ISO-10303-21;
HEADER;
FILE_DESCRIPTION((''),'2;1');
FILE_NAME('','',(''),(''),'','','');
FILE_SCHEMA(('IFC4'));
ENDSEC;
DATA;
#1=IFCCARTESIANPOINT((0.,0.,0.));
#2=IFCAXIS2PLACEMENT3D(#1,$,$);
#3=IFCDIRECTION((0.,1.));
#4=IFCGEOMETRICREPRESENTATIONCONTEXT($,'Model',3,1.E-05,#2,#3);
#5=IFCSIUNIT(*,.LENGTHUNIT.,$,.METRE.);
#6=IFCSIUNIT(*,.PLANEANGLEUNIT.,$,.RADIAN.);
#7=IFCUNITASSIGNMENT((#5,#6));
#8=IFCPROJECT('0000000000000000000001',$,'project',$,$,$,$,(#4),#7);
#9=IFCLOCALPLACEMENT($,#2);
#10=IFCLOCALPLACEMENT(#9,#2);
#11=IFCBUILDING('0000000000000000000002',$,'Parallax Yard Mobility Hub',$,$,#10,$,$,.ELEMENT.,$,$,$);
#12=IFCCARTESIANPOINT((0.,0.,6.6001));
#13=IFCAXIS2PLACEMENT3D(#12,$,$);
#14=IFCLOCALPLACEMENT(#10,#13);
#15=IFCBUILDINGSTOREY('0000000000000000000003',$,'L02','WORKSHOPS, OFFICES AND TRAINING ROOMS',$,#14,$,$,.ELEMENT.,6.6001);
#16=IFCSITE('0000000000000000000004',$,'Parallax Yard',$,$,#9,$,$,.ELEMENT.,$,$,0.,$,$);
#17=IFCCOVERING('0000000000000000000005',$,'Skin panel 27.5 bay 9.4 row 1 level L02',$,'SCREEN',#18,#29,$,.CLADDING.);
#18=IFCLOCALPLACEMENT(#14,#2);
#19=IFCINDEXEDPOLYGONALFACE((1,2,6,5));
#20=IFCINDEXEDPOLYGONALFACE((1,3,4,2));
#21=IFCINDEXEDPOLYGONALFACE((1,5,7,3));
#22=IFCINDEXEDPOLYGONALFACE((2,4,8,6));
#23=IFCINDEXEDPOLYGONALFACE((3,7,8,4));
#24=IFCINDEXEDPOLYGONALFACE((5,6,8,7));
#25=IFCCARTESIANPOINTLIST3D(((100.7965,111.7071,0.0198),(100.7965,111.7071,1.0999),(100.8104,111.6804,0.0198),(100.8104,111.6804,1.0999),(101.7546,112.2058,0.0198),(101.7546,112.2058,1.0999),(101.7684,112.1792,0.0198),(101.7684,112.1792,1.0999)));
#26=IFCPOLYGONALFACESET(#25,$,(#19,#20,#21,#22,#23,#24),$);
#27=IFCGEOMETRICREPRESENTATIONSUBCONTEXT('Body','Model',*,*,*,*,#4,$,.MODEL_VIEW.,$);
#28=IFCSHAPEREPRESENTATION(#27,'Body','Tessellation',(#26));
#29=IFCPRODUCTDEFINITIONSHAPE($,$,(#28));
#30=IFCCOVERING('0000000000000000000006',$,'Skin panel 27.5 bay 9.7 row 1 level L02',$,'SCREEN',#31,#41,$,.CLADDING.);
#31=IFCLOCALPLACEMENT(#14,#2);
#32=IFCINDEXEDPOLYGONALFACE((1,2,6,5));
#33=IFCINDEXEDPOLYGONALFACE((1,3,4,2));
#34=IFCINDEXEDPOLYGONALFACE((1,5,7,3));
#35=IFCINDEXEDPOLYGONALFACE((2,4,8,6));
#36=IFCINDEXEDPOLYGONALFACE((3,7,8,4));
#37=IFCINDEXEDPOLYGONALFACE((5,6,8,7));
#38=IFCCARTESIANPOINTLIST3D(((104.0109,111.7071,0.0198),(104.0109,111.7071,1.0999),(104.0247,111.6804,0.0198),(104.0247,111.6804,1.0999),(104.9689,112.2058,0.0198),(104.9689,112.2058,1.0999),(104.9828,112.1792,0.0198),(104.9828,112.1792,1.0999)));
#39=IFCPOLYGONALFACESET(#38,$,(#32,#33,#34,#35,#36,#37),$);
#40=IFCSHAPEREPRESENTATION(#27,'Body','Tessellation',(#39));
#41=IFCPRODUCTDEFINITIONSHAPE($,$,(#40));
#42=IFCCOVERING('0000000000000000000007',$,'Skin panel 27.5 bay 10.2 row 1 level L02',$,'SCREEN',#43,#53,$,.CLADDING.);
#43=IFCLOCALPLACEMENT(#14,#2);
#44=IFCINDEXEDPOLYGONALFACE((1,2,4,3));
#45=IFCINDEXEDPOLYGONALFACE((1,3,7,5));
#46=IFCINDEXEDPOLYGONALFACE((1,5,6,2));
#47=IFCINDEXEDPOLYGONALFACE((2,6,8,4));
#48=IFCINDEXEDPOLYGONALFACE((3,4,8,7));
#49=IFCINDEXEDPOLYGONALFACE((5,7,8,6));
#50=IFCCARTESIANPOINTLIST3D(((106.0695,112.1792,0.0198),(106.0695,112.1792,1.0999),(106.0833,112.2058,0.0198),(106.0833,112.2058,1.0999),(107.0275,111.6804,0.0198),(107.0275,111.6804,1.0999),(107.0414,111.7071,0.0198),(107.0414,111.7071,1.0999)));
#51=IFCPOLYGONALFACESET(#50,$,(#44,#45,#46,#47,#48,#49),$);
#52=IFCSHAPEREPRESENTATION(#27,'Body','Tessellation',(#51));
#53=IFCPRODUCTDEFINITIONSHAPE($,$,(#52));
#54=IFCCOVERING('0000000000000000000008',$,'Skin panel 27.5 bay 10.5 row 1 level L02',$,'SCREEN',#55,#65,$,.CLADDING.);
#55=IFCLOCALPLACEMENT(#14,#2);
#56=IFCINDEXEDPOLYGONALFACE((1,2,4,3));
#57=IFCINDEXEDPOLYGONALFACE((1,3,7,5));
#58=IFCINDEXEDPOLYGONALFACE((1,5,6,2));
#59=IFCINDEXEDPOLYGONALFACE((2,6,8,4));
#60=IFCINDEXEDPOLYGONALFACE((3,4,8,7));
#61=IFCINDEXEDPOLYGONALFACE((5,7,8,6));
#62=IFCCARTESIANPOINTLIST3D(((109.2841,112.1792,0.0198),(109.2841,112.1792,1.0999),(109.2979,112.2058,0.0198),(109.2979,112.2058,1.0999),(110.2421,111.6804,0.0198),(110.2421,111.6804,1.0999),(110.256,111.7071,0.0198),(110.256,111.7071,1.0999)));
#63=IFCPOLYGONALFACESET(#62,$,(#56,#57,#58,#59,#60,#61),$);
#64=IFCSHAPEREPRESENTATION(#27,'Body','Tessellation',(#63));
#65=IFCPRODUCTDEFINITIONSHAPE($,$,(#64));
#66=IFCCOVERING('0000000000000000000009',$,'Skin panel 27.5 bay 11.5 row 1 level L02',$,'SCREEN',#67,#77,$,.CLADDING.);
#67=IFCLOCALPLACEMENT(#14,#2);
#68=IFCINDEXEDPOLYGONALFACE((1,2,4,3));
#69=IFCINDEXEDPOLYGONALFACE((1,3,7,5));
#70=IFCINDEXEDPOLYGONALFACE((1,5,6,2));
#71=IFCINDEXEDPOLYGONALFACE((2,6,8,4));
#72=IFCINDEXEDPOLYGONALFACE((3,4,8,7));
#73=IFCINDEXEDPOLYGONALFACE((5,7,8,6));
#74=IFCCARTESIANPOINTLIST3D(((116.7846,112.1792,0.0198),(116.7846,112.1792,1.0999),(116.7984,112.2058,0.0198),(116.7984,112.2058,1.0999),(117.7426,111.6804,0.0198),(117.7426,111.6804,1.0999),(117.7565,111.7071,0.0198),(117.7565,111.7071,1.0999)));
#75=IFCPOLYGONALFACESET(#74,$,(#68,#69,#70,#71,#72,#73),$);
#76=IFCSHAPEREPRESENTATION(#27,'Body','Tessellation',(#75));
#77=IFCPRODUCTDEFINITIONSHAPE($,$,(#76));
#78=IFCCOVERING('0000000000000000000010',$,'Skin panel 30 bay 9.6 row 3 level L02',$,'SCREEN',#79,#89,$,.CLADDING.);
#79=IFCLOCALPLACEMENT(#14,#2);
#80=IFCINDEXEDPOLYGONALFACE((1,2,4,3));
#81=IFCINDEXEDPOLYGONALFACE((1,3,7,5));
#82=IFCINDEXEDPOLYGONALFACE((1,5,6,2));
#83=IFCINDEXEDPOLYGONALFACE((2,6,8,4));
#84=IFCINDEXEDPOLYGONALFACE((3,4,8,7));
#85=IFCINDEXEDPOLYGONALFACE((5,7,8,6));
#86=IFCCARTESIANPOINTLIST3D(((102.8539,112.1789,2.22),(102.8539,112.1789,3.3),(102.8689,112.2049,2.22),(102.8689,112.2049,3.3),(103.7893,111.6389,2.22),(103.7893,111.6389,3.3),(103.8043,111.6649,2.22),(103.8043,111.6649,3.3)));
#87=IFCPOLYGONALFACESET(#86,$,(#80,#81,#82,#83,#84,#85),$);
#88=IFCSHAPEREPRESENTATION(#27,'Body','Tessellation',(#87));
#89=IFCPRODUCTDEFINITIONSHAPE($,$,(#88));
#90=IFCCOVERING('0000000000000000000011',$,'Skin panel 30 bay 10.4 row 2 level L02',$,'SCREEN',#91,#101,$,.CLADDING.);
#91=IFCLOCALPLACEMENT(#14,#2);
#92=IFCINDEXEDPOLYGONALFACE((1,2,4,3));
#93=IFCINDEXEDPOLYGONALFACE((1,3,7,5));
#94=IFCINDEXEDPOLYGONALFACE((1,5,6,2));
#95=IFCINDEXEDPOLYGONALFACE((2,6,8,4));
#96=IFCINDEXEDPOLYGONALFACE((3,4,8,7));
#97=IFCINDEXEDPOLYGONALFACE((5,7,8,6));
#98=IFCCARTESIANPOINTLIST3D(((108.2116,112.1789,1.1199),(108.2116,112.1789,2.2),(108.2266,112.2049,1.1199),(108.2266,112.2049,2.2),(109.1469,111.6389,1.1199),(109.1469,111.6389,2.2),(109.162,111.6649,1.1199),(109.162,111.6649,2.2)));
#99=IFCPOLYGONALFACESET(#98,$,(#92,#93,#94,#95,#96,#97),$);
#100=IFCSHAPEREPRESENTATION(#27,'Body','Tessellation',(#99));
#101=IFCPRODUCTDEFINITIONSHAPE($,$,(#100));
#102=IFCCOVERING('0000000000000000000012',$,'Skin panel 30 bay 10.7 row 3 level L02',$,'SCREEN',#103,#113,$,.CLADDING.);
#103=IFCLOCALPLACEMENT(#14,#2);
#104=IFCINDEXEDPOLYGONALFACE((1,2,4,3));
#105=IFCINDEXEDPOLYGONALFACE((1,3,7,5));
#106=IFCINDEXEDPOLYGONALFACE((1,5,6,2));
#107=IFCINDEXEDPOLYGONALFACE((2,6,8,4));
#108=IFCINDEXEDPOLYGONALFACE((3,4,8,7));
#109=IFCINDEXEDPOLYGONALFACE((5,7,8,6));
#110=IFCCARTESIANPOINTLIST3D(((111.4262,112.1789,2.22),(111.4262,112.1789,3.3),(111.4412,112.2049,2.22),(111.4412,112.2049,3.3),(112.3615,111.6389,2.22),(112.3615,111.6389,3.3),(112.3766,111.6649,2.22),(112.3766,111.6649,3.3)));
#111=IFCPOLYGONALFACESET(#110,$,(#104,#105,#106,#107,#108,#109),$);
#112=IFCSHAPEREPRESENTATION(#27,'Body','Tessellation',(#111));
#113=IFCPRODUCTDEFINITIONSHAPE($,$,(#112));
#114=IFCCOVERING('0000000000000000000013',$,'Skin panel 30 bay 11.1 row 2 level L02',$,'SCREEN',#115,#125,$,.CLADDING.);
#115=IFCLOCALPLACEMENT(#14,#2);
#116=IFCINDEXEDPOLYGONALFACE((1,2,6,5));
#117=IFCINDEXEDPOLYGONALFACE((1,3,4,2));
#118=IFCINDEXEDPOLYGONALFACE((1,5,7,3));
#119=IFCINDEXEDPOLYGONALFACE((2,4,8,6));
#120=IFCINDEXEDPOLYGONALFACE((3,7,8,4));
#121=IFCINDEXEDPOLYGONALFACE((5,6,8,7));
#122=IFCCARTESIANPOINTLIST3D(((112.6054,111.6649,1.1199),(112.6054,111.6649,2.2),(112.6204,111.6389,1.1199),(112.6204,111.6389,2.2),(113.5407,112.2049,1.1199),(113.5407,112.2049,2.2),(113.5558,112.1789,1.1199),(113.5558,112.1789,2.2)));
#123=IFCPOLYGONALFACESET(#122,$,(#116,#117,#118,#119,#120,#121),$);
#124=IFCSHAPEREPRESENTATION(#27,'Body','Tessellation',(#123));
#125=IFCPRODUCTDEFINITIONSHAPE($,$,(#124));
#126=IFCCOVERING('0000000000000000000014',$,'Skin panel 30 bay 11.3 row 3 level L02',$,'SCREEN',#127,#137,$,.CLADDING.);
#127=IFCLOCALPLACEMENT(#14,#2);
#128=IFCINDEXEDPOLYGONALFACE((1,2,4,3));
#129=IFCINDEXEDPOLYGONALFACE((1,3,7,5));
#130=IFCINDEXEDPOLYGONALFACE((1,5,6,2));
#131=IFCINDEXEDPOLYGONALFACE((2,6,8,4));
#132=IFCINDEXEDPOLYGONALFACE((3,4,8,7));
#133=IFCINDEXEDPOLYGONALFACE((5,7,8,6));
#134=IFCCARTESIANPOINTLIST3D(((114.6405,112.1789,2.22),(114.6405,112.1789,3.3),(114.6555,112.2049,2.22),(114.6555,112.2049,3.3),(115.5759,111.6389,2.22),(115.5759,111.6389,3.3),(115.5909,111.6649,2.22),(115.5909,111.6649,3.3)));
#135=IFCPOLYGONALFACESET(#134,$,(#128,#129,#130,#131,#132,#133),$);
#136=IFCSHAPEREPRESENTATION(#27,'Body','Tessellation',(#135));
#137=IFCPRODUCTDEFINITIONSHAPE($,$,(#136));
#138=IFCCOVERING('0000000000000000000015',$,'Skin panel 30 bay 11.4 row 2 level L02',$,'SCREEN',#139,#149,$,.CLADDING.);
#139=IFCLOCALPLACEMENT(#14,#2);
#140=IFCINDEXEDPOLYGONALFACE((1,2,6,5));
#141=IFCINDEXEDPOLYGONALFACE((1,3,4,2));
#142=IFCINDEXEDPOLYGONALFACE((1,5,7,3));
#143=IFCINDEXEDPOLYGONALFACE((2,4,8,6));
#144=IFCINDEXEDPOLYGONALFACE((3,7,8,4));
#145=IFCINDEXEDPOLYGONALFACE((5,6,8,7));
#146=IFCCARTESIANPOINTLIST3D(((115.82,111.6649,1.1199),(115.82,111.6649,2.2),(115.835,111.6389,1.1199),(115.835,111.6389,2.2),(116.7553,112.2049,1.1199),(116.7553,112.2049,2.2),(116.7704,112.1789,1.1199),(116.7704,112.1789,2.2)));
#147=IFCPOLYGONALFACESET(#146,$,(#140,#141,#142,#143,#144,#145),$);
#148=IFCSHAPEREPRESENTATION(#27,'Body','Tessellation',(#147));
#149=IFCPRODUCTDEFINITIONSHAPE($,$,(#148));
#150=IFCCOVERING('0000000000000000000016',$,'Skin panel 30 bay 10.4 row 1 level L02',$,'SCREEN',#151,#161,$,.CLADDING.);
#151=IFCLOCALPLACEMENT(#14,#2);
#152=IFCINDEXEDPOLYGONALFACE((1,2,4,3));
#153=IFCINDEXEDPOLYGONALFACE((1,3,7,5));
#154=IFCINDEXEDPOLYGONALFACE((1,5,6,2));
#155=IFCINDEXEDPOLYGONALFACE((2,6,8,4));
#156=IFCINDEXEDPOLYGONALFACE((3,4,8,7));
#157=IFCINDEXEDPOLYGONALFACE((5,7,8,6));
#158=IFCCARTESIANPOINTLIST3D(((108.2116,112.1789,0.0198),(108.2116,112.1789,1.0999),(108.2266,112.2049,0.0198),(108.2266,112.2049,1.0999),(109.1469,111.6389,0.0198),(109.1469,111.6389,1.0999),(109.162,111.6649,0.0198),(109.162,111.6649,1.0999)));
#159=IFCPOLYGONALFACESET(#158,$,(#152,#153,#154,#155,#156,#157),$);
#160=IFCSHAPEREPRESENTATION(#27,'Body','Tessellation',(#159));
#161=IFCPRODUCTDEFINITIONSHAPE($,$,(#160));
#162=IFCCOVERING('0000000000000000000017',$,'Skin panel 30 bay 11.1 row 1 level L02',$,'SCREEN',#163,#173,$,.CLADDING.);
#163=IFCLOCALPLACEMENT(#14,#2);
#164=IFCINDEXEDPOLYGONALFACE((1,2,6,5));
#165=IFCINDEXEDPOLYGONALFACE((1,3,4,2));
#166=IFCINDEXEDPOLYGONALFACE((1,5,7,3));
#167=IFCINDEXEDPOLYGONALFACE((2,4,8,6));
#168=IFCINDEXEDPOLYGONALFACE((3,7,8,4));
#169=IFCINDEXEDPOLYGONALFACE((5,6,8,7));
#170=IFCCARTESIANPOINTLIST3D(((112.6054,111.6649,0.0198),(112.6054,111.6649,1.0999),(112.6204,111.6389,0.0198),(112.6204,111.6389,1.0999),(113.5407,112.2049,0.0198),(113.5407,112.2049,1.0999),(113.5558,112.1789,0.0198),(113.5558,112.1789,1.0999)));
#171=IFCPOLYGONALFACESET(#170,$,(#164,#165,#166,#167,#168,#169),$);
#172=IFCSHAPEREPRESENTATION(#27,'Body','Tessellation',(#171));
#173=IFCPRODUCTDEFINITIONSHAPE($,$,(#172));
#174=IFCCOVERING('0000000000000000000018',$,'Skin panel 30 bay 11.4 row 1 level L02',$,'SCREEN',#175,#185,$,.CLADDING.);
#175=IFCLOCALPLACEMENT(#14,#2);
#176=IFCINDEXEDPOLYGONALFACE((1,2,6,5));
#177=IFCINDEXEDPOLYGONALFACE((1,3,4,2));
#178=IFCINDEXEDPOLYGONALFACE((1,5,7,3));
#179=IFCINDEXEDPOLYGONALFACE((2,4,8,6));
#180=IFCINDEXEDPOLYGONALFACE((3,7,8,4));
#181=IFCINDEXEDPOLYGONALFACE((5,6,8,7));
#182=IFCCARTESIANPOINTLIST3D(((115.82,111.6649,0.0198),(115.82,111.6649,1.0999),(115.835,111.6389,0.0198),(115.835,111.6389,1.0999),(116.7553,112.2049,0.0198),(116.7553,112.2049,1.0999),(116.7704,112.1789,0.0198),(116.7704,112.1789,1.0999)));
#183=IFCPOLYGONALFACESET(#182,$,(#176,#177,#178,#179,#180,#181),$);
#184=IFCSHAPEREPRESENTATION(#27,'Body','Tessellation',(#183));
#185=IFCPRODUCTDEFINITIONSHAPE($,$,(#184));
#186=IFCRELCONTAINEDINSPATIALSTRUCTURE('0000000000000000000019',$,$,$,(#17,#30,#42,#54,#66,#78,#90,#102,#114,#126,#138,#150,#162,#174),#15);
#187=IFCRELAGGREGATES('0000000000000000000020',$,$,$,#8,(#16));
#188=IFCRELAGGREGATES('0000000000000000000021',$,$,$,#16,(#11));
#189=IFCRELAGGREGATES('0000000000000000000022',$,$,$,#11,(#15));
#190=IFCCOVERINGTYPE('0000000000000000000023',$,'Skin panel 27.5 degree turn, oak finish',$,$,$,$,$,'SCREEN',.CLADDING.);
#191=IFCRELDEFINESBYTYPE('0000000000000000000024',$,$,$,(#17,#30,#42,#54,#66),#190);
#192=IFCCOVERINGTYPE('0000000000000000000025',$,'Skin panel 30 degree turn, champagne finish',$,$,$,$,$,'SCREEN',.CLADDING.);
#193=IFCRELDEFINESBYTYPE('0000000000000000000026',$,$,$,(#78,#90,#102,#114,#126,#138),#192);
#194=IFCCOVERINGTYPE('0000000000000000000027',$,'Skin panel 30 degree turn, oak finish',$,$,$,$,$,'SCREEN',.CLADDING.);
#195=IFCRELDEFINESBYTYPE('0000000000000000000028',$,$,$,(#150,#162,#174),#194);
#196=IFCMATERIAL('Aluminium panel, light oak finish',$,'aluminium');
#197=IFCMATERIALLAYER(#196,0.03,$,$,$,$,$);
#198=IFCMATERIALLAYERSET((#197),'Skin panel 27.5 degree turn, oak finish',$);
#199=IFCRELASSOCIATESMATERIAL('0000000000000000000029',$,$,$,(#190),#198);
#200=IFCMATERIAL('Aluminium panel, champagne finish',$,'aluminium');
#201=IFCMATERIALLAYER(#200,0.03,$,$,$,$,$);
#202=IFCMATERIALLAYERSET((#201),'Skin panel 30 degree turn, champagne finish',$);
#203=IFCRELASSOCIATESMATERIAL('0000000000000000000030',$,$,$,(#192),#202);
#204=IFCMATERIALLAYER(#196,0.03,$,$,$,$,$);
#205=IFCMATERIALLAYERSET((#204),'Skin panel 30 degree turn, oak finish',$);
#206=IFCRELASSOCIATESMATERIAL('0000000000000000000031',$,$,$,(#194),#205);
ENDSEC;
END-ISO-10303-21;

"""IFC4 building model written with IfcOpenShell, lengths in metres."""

from ifc_helpers import new_model, si_unit, direction, frame, origin, origin_2d, place, context, subcontext, project, spatial, rectangle, extrude, material, layer, layer_set, type_object, element, save


model = new_model("IFC4")

# Units and contexts
model_context = context("Model", 3, precision=1e-05, world=origin(), true_north=direction((0.0, 1.0)))
body_context = subcontext(model_context, "Body", "Model", "MODEL_VIEW")
ifc_project = project(units=[si_unit("LENGTHUNIT", "METRE"), si_unit("PLANEANGLEUNIT", "RADIAN")], contexts=[model_context])

# Site, building, storey
site_placement = place(None, origin())
site = spatial("IfcSite", under=ifc_project, at=site_placement, Name="Parallax Yard", CompositionType="ELEMENT", RefElevation=0.0)
building_placement = place(site_placement, origin())
building = spatial("IfcBuilding", under=site, at=building_placement, Name="Parallax Yard Mobility Hub", CompositionType="ELEMENT")
storey_placement = place(building_placement, frame((0.0, 0.0, 6.6001)))
storey = spatial("IfcBuildingStorey", under=building, at=storey_placement, Name="L02", Description="WORKSHOPS, OFFICES AND TRAINING ROOMS", CompositionType="ELEMENT", Elevation=6.6001)

# Coverings
ifc_material_1 = material(Name="Aluminium panel, champagne finish", Category="aluminium")
ifc_material_2 = material(Name="Aluminium panel, light oak finish", Category="aluminium")
ifc_layer_1 = layer(ifc_material_2, 0.03)
ifc_layer_set_1 = layer_set([ifc_layer_1], Name="Skin panel 27.5 degree turn, oak finish")
covering_type_1 = type_object("IfcCoveringType", Name="Skin panel 27.5 degree turn, oak finish", ElementType="SCREEN", PredefinedType="CLADDING", material=ifc_layer_set_1)
for number, where, z_axis, x_axis, name in (
    (1, (101.2825, 111.9431, 0.0198), (0.0, 0.0, 1.0), (-0.887011, -0.461749, 0.0), "Skin panel 27.5 bay 9.4 row 1 level L02"),
    (2, (104.4968, 111.9431, 0.0198), (0.0, 0.0, 1.0), (-0.887011, -0.461749, 0.0), "Skin panel 27.5 bay 9.7 row 1 level L02"),
    (3, (106.5554, 111.9431, 0.0198), (0.0, 0.0, 1.0), (0.887011, -0.461749, 0.0), "Skin panel 27.5 bay 10.2 row 1 level L02"),
    (4, (109.77, 111.9431, 0.0198), (0.0, 0.0, 1.0), (0.887011, -0.461749, 0.0), "Skin panel 27.5 bay 10.5 row 1 level L02"),
    (5, (117.2705, 111.9431, 0.0198), (0.0, 0.0, 1.0), (0.887011, -0.461749, 0.0), "Skin panel 27.5 bay 11.5 row 1 level L02"),
):
    element("IfcCovering", number, at=place(storey_placement, frame(where, z_axis=z_axis, x_axis=x_axis)), inside=storey, type_object=covering_type_1, Name=name, ObjectType="SCREEN", PredefinedType="CLADDING", context=body_context, shape_type="SweptSolid", body=[
        extrude(rectangle(XDim=1.0801, YDim=0.03, at=origin_2d()), origin(), (0.0, 0.0, 1.0), 1.0801),
    ])
ifc_layer_2 = layer(ifc_material_1, 0.03)
ifc_layer_set_2 = layer_set([ifc_layer_2], Name="Skin panel 30 degree turn, champagne finish")
covering_type_2 = type_object("IfcCoveringType", Name="Skin panel 30 degree turn, champagne finish", ElementType="SCREEN", PredefinedType="CLADDING", material=ifc_layer_set_2)
for number, where, z_axis, x_axis, name in (
    (6, (103.3291, 111.9219, 2.22), (0.0, 0.0, 1.0), (0.866025, -0.5, 0.0), "Skin panel 30 bay 9.6 row 3 level L02"),
    (7, (108.6868, 111.9219, 1.1199), (0.0, 0.0, 1.0), (0.866025, -0.5, 0.0), "Skin panel 30 bay 10.4 row 2 level L02"),
    (8, (111.9014, 111.9219, 2.22), (0.0, 0.0, 1.0), (0.866025, -0.5, 0.0), "Skin panel 30 bay 10.7 row 3 level L02"),
    (9, (113.0806, 111.9219, 1.1199), (0.0, 0.0, 1.0), (-0.866025, -0.5, 0.0), "Skin panel 30 bay 11.1 row 2 level L02"),
    (10, (115.1157, 111.9219, 2.22), (0.0, 0.0, 1.0), (0.866025, -0.5, 0.0), "Skin panel 30 bay 11.3 row 3 level L02"),
    (11, (116.2952, 111.9219, 1.1199), (0.0, 0.0, 1.0), (-0.866025, -0.5, 0.0), "Skin panel 30 bay 11.4 row 2 level L02"),
):
    element("IfcCovering", number, at=place(storey_placement, frame(where, z_axis=z_axis, x_axis=x_axis)), inside=storey, type_object=covering_type_2, Name=name, ObjectType="SCREEN", PredefinedType="CLADDING", context=body_context, shape_type="SweptSolid", body=[
        extrude(rectangle(XDim=1.0801, YDim=0.03, at=origin_2d()), origin(), (0.0, 0.0, 1.0), 1.0801),
    ])
ifc_layer_3 = layer(ifc_material_2, 0.03)
ifc_layer_set_3 = layer_set([ifc_layer_3], Name="Skin panel 30 degree turn, oak finish")
covering_type_3 = type_object("IfcCoveringType", Name="Skin panel 30 degree turn, oak finish", ElementType="SCREEN", PredefinedType="CLADDING", material=ifc_layer_set_3)
for number, where, z_axis, x_axis, name in (
    (12, (108.6868, 111.9219, 0.0198), (0.0, 0.0, 1.0), (0.866025, -0.5, 0.0), "Skin panel 30 bay 10.4 row 1 level L02"),
    (13, (113.0806, 111.9219, 0.0198), (0.0, 0.0, 1.0), (-0.866025, -0.5, 0.0), "Skin panel 30 bay 11.1 row 1 level L02"),
    (14, (116.2952, 111.9219, 0.0198), (0.0, 0.0, 1.0), (-0.866025, -0.5, 0.0), "Skin panel 30 bay 11.4 row 1 level L02"),
):
    element("IfcCovering", number, at=place(storey_placement, frame(where, z_axis=z_axis, x_axis=x_axis)), inside=storey, type_object=covering_type_3, Name=name, ObjectType="SCREEN", PredefinedType="CLADDING", context=body_context, shape_type="SweptSolid", body=[
        extrude(rectangle(XDim=1.0801, YDim=0.03, at=origin_2d()), origin(), (0.0, 0.0, 1.0), 1.0801),
    ])

save(model, "model.ifc")
